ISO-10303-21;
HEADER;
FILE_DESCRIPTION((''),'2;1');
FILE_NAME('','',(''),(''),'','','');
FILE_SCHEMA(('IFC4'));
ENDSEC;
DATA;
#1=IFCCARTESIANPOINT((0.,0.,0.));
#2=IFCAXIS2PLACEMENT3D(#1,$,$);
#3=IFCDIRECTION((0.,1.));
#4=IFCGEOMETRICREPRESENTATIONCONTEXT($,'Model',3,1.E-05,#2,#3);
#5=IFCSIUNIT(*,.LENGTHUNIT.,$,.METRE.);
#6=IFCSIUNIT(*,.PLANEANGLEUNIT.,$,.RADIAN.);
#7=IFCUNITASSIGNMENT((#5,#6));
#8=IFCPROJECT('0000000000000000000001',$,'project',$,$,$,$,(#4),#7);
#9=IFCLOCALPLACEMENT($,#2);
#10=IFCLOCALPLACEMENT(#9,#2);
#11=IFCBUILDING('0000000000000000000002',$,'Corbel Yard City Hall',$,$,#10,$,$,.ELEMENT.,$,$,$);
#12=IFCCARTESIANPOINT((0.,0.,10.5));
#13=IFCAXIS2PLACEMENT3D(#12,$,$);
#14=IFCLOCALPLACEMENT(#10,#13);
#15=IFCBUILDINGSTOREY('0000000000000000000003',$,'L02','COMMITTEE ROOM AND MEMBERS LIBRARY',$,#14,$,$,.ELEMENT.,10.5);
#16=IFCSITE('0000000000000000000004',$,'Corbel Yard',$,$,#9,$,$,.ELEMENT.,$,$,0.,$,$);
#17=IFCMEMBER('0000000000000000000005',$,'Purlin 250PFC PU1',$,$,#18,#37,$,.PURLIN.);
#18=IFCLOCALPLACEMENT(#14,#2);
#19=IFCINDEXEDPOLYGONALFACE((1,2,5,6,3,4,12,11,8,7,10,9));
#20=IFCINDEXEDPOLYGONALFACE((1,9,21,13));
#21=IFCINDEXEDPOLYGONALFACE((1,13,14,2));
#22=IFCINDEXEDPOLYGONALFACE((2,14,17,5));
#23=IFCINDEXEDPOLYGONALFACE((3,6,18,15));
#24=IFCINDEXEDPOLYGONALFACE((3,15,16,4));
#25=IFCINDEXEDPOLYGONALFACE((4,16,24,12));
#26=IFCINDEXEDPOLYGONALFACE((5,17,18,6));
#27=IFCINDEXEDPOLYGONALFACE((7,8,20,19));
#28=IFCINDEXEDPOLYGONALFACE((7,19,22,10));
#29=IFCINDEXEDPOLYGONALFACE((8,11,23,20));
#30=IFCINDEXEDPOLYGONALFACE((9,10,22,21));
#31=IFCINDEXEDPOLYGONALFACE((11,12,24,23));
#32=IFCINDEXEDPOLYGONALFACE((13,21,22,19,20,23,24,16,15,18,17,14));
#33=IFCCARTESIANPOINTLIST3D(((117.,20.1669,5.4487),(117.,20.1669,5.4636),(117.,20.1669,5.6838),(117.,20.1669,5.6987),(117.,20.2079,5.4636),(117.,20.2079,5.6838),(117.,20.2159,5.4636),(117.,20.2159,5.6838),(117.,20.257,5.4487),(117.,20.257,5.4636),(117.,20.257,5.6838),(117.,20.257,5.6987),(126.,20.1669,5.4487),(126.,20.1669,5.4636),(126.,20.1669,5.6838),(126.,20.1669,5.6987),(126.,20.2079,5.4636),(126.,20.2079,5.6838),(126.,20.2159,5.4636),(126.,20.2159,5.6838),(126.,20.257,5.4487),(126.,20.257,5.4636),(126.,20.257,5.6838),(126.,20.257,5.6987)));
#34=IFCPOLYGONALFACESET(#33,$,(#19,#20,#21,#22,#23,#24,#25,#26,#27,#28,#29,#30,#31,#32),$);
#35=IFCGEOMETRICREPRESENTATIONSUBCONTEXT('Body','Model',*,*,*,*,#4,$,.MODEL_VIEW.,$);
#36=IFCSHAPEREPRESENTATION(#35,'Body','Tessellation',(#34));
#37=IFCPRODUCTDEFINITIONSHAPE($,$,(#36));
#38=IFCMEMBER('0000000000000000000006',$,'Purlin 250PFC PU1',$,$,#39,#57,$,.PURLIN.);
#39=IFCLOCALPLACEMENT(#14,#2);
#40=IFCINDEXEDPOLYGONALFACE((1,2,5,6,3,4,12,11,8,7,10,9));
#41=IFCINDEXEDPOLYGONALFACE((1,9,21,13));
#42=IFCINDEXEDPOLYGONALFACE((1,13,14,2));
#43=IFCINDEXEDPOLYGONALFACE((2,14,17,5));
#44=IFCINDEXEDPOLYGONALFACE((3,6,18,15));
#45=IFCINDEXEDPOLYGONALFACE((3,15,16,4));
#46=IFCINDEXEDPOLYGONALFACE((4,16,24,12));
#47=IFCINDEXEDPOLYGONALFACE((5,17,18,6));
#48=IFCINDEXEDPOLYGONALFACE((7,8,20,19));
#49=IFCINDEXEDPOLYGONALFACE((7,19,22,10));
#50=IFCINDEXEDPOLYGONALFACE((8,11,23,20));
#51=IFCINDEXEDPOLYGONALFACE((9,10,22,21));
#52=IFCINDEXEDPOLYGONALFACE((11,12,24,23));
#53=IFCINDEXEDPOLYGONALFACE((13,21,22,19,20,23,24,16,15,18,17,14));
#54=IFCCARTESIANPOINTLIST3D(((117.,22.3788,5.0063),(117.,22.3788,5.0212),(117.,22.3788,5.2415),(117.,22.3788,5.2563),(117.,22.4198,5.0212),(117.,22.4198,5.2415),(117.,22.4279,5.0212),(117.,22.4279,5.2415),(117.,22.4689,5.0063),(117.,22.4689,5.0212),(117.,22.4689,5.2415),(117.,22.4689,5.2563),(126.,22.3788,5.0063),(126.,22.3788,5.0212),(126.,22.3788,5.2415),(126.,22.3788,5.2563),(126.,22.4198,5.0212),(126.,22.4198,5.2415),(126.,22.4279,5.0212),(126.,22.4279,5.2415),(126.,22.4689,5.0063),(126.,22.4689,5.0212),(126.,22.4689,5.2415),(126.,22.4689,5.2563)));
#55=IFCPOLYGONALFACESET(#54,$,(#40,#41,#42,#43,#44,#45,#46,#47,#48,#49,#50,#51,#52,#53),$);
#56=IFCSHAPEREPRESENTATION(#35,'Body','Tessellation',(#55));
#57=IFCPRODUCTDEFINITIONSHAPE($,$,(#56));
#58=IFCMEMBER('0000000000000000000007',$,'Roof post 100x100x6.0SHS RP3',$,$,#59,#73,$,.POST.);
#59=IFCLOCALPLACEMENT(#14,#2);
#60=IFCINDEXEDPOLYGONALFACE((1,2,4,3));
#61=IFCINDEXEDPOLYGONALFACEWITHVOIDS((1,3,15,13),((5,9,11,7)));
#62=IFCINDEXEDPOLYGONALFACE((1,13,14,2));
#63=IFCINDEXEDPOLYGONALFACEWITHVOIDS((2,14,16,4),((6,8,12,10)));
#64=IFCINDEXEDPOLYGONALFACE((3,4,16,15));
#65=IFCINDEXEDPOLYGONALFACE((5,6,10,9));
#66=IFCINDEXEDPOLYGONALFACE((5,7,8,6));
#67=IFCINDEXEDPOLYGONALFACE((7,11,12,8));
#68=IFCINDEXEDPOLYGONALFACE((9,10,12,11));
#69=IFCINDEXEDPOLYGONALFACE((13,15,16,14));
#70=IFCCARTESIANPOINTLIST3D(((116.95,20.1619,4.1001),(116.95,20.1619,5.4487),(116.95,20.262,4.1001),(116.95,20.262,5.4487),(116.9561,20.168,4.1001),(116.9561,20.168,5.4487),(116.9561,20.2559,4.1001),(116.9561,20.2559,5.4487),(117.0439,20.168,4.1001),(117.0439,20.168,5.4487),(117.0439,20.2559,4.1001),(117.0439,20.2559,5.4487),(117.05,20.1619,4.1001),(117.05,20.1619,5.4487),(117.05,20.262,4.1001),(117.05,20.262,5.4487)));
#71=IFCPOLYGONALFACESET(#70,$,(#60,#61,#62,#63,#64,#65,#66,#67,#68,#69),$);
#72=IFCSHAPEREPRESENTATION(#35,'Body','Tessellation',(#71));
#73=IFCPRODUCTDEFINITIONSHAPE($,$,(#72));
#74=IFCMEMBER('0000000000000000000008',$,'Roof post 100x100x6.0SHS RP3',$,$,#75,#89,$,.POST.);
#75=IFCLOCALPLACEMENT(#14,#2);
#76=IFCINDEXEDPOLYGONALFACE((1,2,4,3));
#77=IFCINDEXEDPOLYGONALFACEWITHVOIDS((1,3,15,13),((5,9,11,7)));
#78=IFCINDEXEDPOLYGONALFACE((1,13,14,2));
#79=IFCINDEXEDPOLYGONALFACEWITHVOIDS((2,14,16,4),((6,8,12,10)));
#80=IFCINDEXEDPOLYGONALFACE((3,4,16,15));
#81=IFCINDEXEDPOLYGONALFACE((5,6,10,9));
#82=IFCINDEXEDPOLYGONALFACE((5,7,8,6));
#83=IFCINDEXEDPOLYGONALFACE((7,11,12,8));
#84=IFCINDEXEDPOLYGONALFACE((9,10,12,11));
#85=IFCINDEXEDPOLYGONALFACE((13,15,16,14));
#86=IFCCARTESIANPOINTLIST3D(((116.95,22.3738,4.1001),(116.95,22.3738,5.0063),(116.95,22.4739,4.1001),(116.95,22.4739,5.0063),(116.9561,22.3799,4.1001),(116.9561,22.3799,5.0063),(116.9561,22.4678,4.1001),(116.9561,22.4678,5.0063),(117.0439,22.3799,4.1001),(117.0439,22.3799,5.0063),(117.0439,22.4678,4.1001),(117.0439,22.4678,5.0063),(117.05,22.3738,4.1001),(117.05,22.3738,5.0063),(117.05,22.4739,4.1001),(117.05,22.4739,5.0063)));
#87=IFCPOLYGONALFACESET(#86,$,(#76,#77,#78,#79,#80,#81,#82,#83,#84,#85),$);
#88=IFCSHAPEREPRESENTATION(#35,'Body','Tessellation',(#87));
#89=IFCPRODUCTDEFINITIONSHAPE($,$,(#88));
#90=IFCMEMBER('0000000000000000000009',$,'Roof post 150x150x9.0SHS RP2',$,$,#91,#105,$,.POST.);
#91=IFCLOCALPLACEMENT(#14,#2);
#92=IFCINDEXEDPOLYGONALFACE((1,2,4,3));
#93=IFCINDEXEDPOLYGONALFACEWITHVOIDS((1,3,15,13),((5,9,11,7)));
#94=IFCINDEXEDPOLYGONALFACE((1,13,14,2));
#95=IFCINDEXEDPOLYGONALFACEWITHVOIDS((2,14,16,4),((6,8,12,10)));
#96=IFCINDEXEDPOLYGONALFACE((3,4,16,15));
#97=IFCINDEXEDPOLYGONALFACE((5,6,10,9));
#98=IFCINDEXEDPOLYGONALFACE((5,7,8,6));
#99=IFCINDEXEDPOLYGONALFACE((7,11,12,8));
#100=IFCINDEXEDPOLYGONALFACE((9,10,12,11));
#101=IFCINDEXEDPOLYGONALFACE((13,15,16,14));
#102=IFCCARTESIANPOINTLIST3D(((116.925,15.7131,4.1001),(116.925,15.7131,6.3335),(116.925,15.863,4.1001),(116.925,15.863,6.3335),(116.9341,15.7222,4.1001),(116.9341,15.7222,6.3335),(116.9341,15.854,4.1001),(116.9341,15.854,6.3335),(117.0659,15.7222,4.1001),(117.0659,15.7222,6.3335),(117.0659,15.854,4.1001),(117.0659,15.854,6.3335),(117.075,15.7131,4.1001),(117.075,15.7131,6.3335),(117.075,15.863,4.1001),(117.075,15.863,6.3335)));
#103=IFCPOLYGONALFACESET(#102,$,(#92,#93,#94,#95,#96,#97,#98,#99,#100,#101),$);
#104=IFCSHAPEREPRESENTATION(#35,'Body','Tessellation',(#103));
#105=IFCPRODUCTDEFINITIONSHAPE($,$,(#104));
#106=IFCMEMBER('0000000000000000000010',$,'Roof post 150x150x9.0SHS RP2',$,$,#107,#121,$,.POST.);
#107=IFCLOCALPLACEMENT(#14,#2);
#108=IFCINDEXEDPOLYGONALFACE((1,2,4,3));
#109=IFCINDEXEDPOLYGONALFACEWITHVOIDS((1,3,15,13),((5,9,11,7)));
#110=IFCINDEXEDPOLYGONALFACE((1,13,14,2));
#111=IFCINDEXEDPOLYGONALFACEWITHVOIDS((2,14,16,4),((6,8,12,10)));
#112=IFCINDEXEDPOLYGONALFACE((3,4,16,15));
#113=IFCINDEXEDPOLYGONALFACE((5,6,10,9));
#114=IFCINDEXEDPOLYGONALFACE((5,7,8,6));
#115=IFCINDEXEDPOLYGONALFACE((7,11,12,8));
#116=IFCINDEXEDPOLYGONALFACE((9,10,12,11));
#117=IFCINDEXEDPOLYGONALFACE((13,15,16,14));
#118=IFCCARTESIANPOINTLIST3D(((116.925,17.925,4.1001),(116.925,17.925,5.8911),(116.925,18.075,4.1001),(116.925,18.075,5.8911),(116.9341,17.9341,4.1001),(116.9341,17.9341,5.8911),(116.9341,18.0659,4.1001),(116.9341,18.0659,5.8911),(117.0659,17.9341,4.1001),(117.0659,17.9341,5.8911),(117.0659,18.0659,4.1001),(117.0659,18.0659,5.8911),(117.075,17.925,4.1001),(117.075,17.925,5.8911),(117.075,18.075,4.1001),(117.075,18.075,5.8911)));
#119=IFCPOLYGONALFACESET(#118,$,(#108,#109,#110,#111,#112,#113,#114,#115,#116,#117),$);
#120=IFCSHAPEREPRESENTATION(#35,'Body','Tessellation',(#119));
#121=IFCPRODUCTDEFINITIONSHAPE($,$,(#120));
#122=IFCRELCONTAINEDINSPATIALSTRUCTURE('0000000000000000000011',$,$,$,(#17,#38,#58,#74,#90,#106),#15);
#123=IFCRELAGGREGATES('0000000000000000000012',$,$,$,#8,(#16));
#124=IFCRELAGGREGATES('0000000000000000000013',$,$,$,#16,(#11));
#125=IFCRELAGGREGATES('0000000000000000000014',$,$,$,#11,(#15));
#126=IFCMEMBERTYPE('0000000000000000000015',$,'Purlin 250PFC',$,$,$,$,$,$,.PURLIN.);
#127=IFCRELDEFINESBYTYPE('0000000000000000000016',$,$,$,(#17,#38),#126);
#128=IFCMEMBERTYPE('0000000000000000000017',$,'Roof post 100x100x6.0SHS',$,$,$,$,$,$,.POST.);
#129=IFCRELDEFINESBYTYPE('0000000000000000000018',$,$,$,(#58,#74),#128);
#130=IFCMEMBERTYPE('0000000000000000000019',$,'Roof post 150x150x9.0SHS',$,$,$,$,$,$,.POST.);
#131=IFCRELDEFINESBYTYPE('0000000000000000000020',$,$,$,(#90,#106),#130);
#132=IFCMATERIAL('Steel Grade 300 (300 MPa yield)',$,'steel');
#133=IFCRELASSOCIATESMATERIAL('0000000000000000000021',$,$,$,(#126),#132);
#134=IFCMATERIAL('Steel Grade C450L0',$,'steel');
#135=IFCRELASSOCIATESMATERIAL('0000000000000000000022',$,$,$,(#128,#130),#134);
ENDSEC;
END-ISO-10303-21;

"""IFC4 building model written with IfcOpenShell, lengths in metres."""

from ifc_helpers import new_model, si_unit, direction, frame, origin, origin_2d, place, context, subcontext, project, spatial, hollow_rectangle, i_section, extrude, material, material_profile, profile_set, type_object, element, save


model = new_model("IFC4")

# Units and contexts
model_context = context("Model", 3, precision=1e-05, world=origin(), true_north=direction((0.0, 1.0)))
body_context = subcontext(model_context, "Body", "Model", "MODEL_VIEW")
ifc_project = project(units=[si_unit("LENGTHUNIT", "METRE"), si_unit("PLANEANGLEUNIT", "RADIAN")], contexts=[model_context])

# Site, building, storey
site_placement = place(None, origin())
site = spatial("IfcSite", under=ifc_project, at=site_placement, Name="Corbel Yard", CompositionType="ELEMENT", RefElevation=0.0)
building_placement = place(site_placement, origin())
building = spatial("IfcBuilding", under=site, at=building_placement, Name="Corbel Yard City Hall", CompositionType="ELEMENT")
storey_placement = place(building_placement, frame((0.0, 0.0, 10.5)))
storey = spatial("IfcBuildingStorey", under=building, at=storey_placement, Name="L02", Description="COMMITTEE ROOM AND MEMBERS LIBRARY", CompositionType="ELEMENT", Elevation=10.5)

# Members
ifc_material_1 = material(Name="Steel Grade 300 (300 MPa yield)", Category="steel")
ifc_material_profile_1 = material_profile(ifc_material_1, i_section(OverallWidth=0.0901, OverallDepth=0.25, WebThickness=0.0081, FlangeThickness=0.0149, at=origin_2d()), Name="250PFC")
ifc_profile_set_1 = profile_set([ifc_material_profile_1], Name="Steel Grade 300 (300 MPa yield)")
member_type_1 = type_object("IfcMemberType", Name="Purlin 250PFC", PredefinedType="PURLIN", material=ifc_profile_set_1)
for number, where, z_axis, x_axis, name in (
    (1, (117.0, 20.2119, 5.5737), (1.0, 0.0, 0.0), (0.0, 1.0, 0.0), "Purlin 250PFC PU1"),
    (2, (117.0, 22.4238, 5.1313), (1.0, 0.0, 0.0), (0.0, 1.0, 0.0), "Purlin 250PFC PU1"),
):
    element("IfcMember", number, at=place(storey_placement, frame(where, z_axis=z_axis, x_axis=x_axis)), inside=storey, type_object=member_type_1, Name=name, PredefinedType="PURLIN", context=body_context, shape_type="SweptSolid", body=[
        extrude(i_section(OverallWidth=0.0901, OverallDepth=0.25, WebThickness=0.0081, FlangeThickness=0.0149, at=origin_2d()), origin(), (0.0, 0.0, 1.0), 9.0),
    ])
ifc_material_2 = material(Name="Steel Grade C450L0", Category="steel")
ifc_material_profile_2 = material_profile(ifc_material_2, hollow_rectangle(XDim=0.1001, YDim=0.1001, WallThickness=0.0061, at=origin_2d()), Name="100x100x6.0SHS")
ifc_profile_set_2 = profile_set([ifc_material_profile_2], Name="Steel Grade C450L0")
member_type_2 = type_object("IfcMemberType", Name="Roof post 100x100x6.0SHS", PredefinedType="POST", material=ifc_profile_set_2)
member_1_placement = place(storey_placement, frame((117.0, 20.2119, 4.1001), z_axis=(0.0, 0.0, 1.0), x_axis=(1.0, 0.0, 0.0)))
element("IfcMember", 3, at=member_1_placement, inside=storey, type_object=member_type_2, Name="Roof post 100x100x6.0SHS RP3", PredefinedType="POST", context=body_context, shape_type="SweptSolid", body=[
    extrude(hollow_rectangle(XDim=0.1001, YDim=0.1001, WallThickness=0.0061, at=origin_2d()), origin(), (0.0, 0.0, 1.0), 1.3486),
])
member_2_placement = place(storey_placement, frame((117.0, 22.4238, 4.1001), z_axis=(0.0, 0.0, 1.0), x_axis=(1.0, 0.0, 0.0)))
element("IfcMember", 4, at=member_2_placement, inside=storey, type_object=member_type_2, Name="Roof post 100x100x6.0SHS RP3", PredefinedType="POST", context=body_context, shape_type="SweptSolid", body=[
    extrude(hollow_rectangle(XDim=0.1001, YDim=0.1001, WallThickness=0.0061, at=origin_2d()), origin(), (0.0, 0.0, 1.0), 0.9062),
])
ifc_material_profile_3 = material_profile(ifc_material_2, hollow_rectangle(XDim=0.1499, YDim=0.1499, WallThickness=0.009, at=origin_2d()), Name="150x150x9.0SHS")
ifc_profile_set_3 = profile_set([ifc_material_profile_3], Name="Steel Grade C450L0")
member_type_3 = type_object("IfcMemberType", Name="Roof post 150x150x9.0SHS", PredefinedType="POST", material=ifc_profile_set_3)
member_3_placement = place(storey_placement, frame((117.0, 15.7881, 4.1001), z_axis=(0.0, 0.0, 1.0), x_axis=(1.0, 0.0, 0.0)))
element("IfcMember", 5, at=member_3_placement, inside=storey, type_object=member_type_3, Name="Roof post 150x150x9.0SHS RP2", PredefinedType="POST", context=body_context, shape_type="SweptSolid", body=[
    extrude(hollow_rectangle(XDim=0.1499, YDim=0.1499, WallThickness=0.009, at=origin_2d()), origin(), (0.0, 0.0, 1.0), 2.2334),
])
member_4_placement = place(storey_placement, frame((117.0, 18.0, 4.1001), z_axis=(0.0, 0.0, 1.0), x_axis=(1.0, 0.0, 0.0)))
element("IfcMember", 6, at=member_4_placement, inside=storey, type_object=member_type_3, Name="Roof post 150x150x9.0SHS RP2", PredefinedType="POST", context=body_context, shape_type="SweptSolid", body=[
    extrude(hollow_rectangle(XDim=0.1499, YDim=0.1499, WallThickness=0.009, at=origin_2d()), origin(), (0.0, 0.0, 1.0), 1.791),
])

save(model, "model.ifc")
